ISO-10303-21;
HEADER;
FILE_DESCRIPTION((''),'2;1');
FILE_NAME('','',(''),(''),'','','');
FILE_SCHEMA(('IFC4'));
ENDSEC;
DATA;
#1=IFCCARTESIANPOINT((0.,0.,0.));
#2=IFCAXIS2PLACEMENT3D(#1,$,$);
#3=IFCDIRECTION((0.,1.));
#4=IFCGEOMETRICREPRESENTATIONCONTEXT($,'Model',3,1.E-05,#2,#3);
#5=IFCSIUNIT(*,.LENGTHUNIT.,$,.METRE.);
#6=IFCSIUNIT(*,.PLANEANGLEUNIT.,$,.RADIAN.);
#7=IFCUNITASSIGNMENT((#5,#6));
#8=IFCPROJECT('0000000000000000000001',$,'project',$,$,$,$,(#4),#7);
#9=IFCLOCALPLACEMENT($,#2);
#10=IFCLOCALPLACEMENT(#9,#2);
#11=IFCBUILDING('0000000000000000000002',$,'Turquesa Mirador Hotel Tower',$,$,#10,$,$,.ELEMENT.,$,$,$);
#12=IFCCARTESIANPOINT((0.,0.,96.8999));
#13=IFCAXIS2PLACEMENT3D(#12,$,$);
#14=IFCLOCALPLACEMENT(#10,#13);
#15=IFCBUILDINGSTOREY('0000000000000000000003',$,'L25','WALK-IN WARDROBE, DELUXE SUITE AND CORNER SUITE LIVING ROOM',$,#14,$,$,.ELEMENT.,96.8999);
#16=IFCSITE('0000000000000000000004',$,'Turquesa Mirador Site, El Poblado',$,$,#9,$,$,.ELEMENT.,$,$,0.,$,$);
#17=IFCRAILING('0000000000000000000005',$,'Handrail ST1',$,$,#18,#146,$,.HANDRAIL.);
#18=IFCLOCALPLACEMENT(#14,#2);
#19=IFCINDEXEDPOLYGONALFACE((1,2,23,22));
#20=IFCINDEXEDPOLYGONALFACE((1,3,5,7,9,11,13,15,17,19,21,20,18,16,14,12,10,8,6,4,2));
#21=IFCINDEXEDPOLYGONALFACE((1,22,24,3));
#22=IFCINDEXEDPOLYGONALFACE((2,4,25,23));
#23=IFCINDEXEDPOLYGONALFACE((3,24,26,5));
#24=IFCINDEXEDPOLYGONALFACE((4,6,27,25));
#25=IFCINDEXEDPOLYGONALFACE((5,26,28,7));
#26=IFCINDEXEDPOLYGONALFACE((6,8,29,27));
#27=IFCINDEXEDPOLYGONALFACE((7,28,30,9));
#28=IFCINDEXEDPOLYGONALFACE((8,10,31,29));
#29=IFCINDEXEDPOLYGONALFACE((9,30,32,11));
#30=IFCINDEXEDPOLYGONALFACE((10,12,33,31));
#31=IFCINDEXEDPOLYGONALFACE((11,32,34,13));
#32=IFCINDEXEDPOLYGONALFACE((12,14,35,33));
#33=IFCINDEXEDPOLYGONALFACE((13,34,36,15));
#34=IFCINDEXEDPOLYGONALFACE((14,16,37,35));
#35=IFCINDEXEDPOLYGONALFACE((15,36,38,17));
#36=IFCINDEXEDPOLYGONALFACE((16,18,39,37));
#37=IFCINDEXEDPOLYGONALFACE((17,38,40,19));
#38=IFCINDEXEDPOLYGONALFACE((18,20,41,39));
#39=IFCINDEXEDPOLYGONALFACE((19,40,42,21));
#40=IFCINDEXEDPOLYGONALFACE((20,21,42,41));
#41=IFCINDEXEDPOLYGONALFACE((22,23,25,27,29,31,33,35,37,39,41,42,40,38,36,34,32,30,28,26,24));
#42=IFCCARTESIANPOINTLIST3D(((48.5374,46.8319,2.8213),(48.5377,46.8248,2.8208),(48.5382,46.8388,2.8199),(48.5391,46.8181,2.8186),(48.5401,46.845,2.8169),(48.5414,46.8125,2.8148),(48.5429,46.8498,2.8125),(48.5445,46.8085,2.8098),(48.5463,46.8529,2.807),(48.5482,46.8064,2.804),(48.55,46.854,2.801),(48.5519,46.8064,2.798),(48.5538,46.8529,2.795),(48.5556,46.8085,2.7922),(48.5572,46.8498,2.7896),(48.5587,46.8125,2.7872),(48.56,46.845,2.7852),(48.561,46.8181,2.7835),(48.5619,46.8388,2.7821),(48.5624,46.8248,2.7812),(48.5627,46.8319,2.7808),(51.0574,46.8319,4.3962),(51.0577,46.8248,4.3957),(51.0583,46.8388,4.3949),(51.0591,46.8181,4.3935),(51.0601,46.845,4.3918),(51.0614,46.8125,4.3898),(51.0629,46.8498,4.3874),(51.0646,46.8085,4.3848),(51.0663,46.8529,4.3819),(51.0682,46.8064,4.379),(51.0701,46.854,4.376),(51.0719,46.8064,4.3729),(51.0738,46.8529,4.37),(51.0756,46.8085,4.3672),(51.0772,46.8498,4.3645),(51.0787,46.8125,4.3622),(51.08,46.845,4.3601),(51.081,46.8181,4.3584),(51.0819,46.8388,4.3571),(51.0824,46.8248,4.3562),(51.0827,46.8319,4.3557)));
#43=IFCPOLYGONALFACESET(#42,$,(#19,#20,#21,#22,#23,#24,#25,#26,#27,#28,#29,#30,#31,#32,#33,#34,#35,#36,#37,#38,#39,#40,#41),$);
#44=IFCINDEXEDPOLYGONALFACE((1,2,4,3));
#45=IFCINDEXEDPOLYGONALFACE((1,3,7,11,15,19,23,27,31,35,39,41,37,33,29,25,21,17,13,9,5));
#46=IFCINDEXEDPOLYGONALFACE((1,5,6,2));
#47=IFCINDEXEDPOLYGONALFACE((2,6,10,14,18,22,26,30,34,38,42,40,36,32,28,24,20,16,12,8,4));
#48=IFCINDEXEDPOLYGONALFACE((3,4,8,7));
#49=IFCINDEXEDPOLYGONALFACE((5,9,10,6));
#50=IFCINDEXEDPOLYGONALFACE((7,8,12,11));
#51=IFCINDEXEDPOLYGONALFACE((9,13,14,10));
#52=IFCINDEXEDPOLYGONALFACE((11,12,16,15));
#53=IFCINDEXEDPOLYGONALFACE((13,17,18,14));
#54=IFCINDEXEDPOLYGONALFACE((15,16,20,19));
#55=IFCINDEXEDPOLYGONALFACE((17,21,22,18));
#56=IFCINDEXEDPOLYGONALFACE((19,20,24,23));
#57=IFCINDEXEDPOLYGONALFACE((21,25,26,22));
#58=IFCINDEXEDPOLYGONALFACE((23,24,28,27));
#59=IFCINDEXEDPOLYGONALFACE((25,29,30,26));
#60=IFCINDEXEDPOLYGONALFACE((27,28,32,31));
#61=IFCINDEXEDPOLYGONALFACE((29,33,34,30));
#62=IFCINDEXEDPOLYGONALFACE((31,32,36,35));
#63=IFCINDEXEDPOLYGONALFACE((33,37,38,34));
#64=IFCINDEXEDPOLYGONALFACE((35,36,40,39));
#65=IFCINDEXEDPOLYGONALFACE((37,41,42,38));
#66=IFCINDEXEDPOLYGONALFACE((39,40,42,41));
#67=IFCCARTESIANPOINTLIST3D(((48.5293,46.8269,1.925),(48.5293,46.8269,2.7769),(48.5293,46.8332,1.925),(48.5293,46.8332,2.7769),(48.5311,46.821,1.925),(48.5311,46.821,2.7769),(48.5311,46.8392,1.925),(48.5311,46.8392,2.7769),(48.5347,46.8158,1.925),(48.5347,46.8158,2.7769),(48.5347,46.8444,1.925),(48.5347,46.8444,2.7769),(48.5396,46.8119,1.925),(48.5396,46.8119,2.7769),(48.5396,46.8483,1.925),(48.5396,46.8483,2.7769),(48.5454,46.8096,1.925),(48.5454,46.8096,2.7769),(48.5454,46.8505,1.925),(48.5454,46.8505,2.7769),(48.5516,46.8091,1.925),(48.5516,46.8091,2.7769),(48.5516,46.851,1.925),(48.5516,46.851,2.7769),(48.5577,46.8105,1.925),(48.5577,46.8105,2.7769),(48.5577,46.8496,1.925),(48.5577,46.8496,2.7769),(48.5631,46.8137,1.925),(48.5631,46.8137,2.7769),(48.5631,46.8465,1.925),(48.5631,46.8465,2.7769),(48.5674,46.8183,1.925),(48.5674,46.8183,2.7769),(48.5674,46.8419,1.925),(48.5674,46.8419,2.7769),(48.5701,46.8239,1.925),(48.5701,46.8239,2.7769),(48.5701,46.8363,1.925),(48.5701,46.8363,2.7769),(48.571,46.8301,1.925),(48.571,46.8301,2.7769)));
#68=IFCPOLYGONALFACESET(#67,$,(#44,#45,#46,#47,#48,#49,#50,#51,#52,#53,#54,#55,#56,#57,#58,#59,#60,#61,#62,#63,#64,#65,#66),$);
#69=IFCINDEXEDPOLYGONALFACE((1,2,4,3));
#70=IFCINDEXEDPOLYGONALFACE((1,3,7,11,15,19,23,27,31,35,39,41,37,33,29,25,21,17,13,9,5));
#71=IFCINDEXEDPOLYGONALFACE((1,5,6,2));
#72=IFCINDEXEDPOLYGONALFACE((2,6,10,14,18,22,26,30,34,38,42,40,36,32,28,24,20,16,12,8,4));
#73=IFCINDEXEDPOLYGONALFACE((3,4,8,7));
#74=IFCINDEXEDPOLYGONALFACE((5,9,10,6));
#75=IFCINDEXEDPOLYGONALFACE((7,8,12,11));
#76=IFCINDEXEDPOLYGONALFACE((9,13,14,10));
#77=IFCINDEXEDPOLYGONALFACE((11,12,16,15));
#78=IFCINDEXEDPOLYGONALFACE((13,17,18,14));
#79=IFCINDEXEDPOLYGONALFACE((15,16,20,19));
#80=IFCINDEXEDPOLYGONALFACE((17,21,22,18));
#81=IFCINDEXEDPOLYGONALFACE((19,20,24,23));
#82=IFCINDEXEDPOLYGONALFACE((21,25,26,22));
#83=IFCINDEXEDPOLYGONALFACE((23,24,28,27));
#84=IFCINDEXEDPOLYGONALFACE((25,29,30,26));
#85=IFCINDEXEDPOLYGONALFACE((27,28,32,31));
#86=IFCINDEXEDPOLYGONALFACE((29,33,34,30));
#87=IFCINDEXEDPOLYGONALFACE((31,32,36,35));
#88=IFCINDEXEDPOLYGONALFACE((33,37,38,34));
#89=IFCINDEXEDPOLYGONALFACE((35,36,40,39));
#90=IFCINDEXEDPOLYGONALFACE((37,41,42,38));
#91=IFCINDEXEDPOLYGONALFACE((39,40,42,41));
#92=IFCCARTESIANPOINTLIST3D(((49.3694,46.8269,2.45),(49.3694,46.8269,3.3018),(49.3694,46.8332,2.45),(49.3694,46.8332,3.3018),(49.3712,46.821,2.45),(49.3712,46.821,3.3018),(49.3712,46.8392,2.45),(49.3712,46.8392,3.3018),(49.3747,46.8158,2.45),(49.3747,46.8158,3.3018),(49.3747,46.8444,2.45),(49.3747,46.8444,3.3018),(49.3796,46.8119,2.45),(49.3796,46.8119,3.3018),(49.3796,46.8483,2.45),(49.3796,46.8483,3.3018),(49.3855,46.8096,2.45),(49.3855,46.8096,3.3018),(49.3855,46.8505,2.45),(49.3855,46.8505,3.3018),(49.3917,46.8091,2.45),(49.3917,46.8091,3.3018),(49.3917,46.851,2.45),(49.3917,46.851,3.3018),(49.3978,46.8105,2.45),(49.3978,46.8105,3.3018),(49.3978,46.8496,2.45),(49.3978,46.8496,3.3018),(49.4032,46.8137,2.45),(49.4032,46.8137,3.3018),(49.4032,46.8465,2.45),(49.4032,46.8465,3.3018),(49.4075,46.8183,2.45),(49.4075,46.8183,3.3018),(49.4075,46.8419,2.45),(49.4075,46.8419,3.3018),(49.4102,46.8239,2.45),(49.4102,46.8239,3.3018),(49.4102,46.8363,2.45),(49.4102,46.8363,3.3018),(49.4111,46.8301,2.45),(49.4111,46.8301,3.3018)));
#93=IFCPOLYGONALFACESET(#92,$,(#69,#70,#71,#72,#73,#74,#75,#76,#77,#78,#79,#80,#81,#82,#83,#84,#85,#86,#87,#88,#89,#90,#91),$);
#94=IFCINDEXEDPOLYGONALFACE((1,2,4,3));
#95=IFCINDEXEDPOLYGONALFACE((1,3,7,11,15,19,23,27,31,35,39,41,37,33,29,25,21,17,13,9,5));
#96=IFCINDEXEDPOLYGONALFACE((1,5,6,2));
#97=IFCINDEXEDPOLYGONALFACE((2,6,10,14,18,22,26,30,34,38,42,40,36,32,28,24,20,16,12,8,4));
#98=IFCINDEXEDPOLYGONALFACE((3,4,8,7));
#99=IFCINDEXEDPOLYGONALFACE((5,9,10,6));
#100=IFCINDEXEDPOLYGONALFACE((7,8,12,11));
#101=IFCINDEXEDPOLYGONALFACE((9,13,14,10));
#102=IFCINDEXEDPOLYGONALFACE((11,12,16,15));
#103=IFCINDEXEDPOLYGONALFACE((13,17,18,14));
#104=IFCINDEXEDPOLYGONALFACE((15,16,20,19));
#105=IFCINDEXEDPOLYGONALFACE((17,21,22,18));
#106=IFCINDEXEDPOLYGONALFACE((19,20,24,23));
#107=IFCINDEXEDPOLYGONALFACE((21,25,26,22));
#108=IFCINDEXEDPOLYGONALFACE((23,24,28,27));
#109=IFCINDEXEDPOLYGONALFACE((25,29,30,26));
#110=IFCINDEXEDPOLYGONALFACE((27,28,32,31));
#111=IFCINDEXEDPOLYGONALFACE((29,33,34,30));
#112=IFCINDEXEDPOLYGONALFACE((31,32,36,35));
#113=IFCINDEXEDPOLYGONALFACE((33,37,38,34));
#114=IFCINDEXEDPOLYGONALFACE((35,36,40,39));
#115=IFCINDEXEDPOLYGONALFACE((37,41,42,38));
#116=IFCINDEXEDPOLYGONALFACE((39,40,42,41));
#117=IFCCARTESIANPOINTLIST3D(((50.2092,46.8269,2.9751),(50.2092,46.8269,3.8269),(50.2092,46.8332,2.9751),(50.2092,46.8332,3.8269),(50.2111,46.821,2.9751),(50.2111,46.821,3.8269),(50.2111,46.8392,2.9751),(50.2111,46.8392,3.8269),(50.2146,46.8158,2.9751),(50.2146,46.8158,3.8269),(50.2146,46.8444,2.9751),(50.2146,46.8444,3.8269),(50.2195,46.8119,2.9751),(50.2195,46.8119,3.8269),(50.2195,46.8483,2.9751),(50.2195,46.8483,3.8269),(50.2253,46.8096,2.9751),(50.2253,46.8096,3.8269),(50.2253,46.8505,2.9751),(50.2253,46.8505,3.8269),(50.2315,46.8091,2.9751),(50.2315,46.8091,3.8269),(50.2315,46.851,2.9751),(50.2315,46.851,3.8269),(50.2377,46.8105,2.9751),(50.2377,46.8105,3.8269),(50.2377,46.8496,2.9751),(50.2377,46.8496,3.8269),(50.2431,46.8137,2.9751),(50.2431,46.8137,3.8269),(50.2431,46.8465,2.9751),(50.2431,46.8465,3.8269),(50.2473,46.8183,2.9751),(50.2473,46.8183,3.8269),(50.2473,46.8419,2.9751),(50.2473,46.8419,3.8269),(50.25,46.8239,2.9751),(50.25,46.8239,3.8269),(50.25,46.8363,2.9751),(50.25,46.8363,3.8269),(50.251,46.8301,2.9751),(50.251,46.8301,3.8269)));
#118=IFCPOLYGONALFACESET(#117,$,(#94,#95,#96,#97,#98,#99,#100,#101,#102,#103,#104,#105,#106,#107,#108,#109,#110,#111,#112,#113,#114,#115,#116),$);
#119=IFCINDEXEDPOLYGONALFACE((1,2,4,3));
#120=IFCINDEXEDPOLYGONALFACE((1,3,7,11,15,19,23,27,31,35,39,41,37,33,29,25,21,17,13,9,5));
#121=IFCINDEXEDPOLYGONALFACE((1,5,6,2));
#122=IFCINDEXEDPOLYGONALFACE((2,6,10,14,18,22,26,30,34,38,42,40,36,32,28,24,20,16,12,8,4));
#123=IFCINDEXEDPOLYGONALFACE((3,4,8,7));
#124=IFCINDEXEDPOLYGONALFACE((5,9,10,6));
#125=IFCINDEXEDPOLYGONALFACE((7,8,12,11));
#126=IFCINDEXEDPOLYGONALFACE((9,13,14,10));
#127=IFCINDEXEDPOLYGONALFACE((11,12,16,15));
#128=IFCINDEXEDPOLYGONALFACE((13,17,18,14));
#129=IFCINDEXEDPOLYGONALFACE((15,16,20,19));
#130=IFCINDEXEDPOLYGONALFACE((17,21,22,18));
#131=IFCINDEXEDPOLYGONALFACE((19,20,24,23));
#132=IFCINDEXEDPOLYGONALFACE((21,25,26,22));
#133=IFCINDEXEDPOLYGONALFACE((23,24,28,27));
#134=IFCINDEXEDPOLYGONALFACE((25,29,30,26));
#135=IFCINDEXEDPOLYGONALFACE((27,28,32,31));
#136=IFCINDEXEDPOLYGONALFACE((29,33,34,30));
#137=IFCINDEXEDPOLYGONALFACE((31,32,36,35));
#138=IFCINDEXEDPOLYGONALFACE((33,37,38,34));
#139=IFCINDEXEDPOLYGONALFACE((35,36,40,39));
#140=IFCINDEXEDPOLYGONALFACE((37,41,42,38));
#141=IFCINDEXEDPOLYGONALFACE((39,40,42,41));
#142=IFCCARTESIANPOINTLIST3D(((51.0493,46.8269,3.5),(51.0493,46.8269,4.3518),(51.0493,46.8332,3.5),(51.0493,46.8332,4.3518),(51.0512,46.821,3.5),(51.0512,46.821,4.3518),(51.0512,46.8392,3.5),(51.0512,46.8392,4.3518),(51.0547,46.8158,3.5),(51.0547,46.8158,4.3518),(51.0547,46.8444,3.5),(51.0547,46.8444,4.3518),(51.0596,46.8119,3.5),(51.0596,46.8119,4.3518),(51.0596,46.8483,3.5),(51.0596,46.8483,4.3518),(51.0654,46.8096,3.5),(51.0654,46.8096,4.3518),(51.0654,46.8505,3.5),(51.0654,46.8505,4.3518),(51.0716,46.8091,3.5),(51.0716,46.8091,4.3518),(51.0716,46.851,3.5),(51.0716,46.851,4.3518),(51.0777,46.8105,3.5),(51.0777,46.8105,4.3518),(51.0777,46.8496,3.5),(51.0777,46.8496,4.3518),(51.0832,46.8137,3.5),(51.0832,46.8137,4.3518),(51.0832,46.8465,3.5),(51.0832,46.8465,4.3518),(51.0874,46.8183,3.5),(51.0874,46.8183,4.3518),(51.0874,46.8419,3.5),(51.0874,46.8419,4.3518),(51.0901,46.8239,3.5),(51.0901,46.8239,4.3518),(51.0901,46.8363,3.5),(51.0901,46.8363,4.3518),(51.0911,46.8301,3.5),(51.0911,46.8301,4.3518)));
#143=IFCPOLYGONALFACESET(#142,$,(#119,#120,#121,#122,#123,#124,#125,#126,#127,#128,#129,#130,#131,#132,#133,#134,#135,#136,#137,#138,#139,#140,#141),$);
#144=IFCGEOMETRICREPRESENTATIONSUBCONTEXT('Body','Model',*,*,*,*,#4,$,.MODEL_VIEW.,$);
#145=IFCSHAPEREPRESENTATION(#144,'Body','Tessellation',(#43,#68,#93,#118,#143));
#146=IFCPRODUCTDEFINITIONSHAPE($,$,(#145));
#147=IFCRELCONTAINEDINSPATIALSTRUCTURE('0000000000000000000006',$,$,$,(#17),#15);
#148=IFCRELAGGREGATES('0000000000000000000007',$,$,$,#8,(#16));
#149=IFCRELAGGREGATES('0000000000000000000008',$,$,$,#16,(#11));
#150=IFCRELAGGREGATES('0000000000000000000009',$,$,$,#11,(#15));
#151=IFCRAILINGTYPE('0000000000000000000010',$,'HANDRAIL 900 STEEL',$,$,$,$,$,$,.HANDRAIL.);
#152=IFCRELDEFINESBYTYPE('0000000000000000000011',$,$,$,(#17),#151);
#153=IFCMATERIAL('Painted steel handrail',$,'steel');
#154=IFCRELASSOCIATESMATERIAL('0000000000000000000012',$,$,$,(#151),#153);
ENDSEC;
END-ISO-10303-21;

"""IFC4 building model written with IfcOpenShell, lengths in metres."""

from ifc_helpers import new_model, si_unit, direction, frame, origin, origin_2d, place, context, subcontext, project, spatial, circle, extrude, material, type_object, element, save


model = new_model("IFC4")

# Units and contexts
model_context = context("Model", 3, precision=1e-05, world=origin(), true_north=direction((0.0, 1.0)))
body_context = subcontext(model_context, "Body", "Model", "MODEL_VIEW")
ifc_project = project(units=[si_unit("LENGTHUNIT", "METRE"), si_unit("PLANEANGLEUNIT", "RADIAN")], contexts=[model_context])

# Site, building, storey
site_placement = place(None, origin())
site = spatial("IfcSite", under=ifc_project, at=site_placement, Name="Turquesa Mirador Site, El Poblado", CompositionType="ELEMENT", RefElevation=0.0)
building_placement = place(site_placement, origin())
building = spatial("IfcBuilding", under=site, at=building_placement, Name="Turquesa Mirador Hotel Tower", CompositionType="ELEMENT")
storey_placement = place(building_placement, frame((0.0, 0.0, 96.8999)))
storey = spatial("IfcBuildingStorey", under=building, at=storey_placement, Name="L25", Description="WALK-IN WARDROBE, DELUXE SUITE AND CORNER SUITE LIVING ROOM", CompositionType="ELEMENT", Elevation=96.8999)

# Railing
ifc_material_1 = material(Name="Painted steel handrail", Category="steel")
railing_type = type_object("IfcRailingType", Name="HANDRAIL 900 STEEL", PredefinedType="HANDRAIL", material=ifc_material_1)
for number, where, name in (
    (1, (48.55, 46.8301, 1.925), "Handrail ST1"),
):
    element("IfcRailing", number, at=place(storey_placement, frame(where)), inside=storey, type_object=railing_type, Name=name, PredefinedType="HANDRAIL", context=body_context, shape_type="SweptSolid", body=[
        extrude(circle(Radius=0.0239, at=origin_2d()), frame((0.0, 0.0, 0.876), z_axis=(0.848008, 0.0, 0.529984), x_axis=(0.0, 1.0, 0.0)), (0.0, 0.0, 1.0), 2.9717),
        extrude(circle(Radius=0.021, at=origin_2d()), origin(), (0.0, 0.0, 1.0), 0.8518),
        extrude(circle(Radius=0.021, at=origin_2d()), frame((0.8401, 0.0, 0.5249)), (0.0, 0.0, 1.0), 0.8518),
        extrude(circle(Radius=0.021, at=origin_2d()), frame((1.6799, 0.0, 1.05)), (0.0, 0.0, 1.0), 0.8518),
        extrude(circle(Radius=0.021, at=origin_2d()), frame((2.52, 0.0, 1.575)), (0.0, 0.0, 1.0), 0.8518),
    ])

save(model, "model.ifc")
